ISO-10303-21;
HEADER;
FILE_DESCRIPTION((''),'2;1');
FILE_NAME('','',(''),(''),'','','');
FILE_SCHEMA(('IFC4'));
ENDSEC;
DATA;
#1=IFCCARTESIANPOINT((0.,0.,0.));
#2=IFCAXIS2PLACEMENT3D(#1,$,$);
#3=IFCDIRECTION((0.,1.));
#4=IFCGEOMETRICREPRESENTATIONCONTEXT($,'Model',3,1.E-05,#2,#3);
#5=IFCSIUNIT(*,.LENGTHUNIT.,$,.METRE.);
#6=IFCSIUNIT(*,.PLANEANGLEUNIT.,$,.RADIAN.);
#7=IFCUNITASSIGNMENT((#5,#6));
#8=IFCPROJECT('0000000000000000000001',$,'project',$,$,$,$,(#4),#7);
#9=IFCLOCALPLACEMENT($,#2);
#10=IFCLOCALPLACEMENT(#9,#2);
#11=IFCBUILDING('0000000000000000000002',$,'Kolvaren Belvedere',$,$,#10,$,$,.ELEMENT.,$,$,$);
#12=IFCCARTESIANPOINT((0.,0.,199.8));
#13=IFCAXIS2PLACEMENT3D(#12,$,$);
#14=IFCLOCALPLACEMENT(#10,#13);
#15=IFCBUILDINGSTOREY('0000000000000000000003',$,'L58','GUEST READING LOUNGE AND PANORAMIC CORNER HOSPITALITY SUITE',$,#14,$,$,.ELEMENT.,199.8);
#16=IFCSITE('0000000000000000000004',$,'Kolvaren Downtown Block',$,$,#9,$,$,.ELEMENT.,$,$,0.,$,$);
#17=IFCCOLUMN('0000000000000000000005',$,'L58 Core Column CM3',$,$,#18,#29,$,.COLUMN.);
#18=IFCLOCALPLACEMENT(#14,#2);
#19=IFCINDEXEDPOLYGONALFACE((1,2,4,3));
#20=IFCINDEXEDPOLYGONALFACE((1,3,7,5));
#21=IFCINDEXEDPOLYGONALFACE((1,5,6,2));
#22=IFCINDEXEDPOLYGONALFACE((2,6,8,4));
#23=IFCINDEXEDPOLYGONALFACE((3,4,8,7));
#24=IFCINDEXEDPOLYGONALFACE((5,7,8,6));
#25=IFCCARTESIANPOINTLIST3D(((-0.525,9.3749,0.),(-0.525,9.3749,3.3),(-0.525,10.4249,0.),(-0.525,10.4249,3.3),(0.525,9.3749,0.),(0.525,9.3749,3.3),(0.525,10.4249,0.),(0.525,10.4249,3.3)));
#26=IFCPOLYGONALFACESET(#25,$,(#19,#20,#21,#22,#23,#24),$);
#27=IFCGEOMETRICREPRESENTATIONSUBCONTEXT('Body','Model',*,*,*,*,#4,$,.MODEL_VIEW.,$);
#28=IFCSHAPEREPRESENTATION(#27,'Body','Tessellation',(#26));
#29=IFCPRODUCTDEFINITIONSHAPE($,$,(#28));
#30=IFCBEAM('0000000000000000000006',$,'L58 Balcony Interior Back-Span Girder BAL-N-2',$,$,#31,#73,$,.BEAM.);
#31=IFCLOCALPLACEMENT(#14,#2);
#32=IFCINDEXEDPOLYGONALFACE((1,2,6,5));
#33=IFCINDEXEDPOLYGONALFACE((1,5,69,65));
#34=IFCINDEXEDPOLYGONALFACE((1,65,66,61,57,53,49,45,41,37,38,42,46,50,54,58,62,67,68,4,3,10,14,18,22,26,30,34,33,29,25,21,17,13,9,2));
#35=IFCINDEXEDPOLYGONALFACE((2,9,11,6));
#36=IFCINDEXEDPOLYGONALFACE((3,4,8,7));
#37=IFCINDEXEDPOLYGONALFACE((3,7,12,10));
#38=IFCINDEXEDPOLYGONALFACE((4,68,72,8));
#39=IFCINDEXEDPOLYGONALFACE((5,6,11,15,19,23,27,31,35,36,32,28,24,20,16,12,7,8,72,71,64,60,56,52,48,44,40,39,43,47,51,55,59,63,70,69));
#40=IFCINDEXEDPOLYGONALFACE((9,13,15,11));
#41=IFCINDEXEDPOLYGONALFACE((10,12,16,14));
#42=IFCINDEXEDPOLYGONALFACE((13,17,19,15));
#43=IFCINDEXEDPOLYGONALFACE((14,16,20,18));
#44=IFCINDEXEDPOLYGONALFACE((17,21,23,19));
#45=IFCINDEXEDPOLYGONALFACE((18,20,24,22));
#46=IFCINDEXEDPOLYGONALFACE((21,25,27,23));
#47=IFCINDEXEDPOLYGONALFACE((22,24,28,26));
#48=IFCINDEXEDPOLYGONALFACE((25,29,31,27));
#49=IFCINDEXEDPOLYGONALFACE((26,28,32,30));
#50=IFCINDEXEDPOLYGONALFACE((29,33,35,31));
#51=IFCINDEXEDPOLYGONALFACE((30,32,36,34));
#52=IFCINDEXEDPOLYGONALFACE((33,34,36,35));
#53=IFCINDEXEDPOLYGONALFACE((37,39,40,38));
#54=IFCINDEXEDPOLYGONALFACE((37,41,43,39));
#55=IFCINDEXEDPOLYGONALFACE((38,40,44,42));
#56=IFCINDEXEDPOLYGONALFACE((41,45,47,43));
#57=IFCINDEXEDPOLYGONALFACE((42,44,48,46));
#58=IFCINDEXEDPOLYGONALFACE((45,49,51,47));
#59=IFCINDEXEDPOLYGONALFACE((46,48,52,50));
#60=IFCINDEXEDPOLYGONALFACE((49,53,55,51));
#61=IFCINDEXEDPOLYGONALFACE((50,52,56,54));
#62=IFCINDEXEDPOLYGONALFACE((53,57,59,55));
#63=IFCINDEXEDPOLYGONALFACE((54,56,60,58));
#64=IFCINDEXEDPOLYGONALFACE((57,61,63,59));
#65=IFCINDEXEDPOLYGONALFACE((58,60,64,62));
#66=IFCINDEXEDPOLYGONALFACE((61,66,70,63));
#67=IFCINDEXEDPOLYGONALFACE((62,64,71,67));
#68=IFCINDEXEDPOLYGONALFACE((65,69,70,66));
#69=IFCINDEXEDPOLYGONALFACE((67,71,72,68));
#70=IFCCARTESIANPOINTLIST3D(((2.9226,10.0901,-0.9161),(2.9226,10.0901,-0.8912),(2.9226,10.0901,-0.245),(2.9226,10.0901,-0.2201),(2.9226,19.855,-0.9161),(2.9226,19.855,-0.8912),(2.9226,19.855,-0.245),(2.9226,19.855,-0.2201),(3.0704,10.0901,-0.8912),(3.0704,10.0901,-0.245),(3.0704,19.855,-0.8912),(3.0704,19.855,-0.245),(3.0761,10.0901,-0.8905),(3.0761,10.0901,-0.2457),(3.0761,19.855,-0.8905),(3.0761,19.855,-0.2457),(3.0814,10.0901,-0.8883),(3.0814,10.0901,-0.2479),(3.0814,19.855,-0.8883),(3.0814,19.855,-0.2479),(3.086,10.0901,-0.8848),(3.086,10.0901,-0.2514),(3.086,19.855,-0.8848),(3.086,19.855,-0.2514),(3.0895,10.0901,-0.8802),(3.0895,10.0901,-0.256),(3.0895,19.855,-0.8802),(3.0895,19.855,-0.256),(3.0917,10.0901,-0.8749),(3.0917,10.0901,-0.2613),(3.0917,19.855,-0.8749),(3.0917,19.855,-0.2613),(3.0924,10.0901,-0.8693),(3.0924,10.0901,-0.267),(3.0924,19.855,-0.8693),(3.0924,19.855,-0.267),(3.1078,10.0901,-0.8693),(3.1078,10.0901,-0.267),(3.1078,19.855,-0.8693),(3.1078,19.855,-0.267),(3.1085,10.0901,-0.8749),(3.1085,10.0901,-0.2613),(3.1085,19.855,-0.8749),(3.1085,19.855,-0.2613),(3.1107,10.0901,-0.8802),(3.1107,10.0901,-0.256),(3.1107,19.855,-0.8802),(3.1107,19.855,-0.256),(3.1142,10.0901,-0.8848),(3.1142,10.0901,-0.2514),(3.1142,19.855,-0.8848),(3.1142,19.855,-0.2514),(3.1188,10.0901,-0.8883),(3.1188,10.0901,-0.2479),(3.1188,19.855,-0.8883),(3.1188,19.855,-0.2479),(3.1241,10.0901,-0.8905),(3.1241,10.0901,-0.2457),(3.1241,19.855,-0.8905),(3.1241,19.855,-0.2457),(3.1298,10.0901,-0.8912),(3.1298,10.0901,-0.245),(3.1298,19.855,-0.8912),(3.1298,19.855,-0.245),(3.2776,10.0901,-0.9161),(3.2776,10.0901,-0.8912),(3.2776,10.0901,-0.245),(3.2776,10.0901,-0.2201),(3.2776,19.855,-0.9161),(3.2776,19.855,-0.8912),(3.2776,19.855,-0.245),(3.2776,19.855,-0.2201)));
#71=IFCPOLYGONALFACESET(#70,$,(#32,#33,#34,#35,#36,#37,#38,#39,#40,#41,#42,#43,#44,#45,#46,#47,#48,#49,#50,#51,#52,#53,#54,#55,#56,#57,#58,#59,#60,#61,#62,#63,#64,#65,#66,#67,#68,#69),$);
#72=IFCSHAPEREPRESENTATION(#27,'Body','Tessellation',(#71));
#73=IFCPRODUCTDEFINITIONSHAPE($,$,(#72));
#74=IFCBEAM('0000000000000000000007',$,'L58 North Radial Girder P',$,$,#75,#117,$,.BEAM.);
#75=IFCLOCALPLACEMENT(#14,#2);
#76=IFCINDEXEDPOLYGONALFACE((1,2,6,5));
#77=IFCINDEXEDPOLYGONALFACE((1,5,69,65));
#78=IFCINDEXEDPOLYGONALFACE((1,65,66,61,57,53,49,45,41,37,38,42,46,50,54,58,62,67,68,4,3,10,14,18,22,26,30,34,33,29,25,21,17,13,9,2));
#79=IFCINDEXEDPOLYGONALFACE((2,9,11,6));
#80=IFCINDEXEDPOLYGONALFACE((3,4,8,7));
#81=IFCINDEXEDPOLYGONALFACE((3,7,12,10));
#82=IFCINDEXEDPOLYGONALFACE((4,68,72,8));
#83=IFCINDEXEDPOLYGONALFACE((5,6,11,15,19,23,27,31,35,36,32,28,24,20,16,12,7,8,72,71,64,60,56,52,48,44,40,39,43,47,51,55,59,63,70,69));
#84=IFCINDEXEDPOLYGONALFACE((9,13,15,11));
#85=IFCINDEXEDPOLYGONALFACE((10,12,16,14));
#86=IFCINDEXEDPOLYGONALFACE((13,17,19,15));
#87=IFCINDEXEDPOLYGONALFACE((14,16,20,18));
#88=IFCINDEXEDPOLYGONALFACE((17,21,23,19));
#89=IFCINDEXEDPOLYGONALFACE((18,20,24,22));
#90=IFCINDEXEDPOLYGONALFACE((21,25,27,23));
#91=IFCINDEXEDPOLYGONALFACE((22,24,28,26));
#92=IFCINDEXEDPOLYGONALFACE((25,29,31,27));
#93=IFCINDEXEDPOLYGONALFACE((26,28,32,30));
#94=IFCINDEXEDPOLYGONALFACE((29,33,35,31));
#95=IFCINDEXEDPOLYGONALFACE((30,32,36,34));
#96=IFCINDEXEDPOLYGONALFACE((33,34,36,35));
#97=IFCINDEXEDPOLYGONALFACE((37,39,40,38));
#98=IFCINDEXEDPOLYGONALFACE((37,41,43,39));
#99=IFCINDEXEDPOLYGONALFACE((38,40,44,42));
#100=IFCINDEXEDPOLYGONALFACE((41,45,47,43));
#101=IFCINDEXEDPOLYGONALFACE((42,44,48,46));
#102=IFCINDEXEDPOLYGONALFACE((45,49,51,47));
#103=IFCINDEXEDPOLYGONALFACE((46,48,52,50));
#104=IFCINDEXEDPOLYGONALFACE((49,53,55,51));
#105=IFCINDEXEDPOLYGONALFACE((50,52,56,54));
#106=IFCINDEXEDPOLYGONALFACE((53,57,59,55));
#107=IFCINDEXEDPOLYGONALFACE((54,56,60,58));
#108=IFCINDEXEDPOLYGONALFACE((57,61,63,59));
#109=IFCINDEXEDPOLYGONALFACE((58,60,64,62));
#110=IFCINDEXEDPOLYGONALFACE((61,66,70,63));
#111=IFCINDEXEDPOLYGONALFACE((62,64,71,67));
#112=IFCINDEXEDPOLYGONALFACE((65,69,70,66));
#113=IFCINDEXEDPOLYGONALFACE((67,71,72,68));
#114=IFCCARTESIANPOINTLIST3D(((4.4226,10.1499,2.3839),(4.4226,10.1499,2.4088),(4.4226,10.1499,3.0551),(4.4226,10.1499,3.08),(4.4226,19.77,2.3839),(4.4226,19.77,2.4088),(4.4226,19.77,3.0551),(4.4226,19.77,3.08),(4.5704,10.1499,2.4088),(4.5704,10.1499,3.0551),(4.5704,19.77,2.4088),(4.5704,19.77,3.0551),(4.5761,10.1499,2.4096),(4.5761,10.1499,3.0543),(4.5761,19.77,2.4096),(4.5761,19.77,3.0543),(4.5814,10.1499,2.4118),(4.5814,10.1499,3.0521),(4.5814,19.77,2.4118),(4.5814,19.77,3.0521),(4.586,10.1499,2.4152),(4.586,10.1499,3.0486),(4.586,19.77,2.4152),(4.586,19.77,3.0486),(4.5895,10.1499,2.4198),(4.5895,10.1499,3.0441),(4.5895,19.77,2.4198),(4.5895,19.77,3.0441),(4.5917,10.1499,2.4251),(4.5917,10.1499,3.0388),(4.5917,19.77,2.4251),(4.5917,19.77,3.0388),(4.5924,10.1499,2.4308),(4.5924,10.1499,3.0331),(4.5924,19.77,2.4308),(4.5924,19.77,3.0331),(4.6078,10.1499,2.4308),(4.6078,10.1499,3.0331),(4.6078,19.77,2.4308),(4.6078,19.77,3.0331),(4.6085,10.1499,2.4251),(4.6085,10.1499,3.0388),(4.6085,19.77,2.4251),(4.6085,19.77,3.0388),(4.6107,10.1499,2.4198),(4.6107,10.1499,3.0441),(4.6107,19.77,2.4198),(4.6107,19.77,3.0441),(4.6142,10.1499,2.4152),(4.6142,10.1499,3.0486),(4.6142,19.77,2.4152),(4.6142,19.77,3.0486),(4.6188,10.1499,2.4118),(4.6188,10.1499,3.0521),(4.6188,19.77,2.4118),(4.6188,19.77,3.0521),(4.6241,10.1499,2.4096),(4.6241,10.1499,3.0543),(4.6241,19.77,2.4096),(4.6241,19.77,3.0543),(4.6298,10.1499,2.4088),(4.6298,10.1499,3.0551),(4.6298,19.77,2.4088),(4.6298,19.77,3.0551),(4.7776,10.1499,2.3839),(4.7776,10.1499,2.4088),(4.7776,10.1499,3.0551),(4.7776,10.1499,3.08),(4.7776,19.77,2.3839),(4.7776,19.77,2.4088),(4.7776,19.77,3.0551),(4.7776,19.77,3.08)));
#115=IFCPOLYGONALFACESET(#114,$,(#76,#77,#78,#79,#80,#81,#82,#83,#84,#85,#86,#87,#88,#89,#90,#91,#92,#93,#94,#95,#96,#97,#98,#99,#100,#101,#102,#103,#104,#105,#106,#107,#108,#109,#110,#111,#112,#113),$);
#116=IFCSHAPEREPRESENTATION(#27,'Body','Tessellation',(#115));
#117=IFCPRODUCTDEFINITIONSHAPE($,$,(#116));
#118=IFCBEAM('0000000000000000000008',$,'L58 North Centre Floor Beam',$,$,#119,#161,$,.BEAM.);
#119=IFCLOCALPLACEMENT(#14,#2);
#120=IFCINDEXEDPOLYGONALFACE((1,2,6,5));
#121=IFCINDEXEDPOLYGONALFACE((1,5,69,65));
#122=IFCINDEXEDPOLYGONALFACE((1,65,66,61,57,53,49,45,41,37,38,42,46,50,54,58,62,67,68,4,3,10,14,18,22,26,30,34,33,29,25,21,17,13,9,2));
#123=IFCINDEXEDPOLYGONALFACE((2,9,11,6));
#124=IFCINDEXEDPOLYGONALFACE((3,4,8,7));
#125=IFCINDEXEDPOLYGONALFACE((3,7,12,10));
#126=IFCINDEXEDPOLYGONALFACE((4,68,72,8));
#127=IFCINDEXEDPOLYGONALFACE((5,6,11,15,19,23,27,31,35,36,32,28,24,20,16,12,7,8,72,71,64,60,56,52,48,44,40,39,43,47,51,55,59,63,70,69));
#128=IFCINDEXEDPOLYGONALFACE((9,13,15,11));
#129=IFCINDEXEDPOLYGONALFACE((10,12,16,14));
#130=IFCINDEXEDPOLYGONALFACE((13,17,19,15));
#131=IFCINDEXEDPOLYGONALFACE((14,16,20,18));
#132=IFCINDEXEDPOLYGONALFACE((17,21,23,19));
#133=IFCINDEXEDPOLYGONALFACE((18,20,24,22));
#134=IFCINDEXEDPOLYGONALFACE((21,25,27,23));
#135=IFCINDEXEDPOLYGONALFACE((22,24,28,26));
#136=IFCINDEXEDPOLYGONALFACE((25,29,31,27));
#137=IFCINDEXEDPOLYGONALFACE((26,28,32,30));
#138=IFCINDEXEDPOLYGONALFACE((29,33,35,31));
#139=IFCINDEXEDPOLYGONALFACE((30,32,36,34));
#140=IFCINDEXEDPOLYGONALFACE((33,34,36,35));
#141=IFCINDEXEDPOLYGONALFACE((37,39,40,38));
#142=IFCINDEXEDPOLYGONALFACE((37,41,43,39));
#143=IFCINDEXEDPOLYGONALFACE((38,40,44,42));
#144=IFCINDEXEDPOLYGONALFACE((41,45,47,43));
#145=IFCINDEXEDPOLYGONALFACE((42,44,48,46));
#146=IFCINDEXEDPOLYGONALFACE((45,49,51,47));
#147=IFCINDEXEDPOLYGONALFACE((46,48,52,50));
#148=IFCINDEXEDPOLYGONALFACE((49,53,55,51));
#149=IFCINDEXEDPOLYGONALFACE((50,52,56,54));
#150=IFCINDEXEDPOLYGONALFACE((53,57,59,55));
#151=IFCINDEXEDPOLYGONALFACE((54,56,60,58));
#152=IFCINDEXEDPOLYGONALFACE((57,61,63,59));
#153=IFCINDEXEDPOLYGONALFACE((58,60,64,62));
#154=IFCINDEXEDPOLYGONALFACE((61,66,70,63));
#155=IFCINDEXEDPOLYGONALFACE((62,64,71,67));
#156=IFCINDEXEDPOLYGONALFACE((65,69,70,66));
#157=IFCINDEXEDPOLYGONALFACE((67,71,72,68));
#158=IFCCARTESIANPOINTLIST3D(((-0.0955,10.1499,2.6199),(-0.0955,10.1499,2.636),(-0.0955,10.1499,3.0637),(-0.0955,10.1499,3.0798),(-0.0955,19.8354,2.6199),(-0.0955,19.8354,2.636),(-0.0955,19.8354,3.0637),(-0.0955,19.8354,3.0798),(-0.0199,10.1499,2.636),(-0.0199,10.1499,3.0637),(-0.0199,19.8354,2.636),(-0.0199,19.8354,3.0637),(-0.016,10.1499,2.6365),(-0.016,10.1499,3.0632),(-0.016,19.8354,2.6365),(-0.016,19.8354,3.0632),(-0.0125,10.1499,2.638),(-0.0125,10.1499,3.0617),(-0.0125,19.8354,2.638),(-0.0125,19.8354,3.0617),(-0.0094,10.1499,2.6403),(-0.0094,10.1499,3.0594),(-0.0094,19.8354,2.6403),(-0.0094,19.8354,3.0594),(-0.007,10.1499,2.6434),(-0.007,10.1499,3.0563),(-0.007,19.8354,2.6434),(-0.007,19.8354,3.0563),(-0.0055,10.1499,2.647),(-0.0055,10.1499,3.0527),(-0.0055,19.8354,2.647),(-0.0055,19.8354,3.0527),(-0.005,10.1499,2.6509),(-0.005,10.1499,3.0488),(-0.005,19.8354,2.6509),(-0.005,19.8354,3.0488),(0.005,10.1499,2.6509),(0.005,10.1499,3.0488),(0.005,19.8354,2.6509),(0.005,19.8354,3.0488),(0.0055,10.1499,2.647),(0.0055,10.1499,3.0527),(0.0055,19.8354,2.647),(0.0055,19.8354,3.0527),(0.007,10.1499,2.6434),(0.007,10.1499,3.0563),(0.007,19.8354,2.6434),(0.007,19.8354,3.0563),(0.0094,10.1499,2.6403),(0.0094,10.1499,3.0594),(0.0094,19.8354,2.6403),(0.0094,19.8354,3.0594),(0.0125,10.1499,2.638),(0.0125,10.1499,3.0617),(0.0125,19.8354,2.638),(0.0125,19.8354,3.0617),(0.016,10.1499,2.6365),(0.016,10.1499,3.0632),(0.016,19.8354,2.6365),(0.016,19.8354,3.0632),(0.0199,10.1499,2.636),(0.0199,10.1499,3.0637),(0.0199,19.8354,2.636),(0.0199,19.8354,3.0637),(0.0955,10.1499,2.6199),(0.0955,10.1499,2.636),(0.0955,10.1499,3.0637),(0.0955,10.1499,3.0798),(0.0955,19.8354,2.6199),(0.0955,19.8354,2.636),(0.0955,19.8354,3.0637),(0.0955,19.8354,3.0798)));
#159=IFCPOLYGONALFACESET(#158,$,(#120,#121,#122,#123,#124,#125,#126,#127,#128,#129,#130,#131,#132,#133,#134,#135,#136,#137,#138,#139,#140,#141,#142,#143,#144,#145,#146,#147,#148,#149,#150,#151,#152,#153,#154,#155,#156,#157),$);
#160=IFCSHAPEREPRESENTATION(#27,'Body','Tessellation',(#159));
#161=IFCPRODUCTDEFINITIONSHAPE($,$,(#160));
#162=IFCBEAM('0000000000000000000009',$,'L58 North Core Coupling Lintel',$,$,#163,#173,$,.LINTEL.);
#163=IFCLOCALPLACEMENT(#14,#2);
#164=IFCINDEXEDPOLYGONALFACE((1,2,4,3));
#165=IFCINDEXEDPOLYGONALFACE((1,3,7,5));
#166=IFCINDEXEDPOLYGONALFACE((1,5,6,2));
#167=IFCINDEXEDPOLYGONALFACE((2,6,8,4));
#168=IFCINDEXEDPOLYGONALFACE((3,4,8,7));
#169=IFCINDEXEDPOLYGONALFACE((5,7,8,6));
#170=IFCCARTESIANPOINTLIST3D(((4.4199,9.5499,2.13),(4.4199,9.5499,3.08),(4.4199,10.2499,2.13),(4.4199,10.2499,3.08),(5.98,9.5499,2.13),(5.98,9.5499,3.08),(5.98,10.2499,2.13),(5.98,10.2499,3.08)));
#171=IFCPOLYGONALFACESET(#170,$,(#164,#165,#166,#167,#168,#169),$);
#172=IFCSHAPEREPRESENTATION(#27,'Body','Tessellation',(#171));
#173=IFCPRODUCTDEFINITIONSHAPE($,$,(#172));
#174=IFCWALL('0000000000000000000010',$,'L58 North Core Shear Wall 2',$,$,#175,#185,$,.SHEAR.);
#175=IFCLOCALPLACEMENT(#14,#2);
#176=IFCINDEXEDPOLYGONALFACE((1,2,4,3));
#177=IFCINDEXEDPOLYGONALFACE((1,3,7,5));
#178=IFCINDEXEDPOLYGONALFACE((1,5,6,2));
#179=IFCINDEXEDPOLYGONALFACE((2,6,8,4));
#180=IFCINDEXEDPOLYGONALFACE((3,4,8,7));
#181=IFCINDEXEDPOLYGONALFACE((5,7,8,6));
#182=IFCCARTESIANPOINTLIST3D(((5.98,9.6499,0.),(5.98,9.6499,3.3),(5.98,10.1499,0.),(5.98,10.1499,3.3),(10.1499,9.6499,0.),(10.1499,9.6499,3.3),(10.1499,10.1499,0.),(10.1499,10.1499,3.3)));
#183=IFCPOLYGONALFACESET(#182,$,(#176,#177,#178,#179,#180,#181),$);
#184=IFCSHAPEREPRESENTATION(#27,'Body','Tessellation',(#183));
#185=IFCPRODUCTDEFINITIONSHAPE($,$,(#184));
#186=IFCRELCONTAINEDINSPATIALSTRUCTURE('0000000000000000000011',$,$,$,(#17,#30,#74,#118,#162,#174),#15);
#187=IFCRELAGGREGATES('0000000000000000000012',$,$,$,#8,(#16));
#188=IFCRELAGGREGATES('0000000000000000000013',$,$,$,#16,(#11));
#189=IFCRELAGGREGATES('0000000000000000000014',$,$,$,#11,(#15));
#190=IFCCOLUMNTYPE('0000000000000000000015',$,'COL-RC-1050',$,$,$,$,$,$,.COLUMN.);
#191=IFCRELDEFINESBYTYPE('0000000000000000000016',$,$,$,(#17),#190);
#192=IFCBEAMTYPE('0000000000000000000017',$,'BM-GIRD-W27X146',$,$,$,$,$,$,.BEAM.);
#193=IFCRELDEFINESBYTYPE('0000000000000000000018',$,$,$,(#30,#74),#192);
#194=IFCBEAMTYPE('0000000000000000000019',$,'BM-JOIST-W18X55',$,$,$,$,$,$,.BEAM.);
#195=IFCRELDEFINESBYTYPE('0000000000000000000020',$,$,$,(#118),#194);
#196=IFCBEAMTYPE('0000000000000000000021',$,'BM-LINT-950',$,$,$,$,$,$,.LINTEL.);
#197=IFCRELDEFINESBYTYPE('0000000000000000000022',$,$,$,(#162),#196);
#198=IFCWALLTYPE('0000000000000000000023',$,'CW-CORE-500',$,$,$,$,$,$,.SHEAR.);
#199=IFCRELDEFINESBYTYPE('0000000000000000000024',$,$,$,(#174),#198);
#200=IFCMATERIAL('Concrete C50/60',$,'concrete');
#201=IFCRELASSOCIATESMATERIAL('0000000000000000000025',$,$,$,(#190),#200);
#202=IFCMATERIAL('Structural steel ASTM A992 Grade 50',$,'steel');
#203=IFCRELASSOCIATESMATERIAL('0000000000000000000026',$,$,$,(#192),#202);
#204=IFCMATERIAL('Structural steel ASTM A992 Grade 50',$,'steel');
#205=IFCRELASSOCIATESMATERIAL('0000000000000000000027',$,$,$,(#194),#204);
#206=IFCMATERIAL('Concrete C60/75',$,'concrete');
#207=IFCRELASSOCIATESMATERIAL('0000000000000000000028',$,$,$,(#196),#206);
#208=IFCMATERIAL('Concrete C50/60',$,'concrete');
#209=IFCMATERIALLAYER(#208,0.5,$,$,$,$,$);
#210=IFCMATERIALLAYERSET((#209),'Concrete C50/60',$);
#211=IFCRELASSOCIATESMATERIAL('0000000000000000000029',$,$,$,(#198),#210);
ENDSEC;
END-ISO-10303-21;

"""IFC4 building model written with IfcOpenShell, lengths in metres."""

from ifc_helpers import new_model, si_unit, direction, frame, frame_2d, origin, origin_2d, place, context, subcontext, project, spatial, rectangle, i_section, extrude, material, layer, layer_set, material_profile, profile_set, type_object, element, save


model = new_model("IFC4")

# Units and contexts
model_context = context("Model", 3, precision=1e-05, world=origin(), true_north=direction((0.0, 1.0)))
body_context = subcontext(model_context, "Body", "Model", "MODEL_VIEW")
ifc_project = project(units=[si_unit("LENGTHUNIT", "METRE"), si_unit("PLANEANGLEUNIT", "RADIAN")], contexts=[model_context])

# Site, building, storey
site_placement = place(None, origin())
site = spatial("IfcSite", under=ifc_project, at=site_placement, Name="Kolvaren Downtown Block", CompositionType="ELEMENT", RefElevation=0.0)
building_placement = place(site_placement, origin())
building = spatial("IfcBuilding", under=site, at=building_placement, Name="Kolvaren Belvedere", CompositionType="ELEMENT")
storey_placement = place(building_placement, frame((0.0, 0.0, 199.8)))
storey = spatial("IfcBuildingStorey", under=building, at=storey_placement, Name="L58", Description="GUEST READING LOUNGE AND PANORAMIC CORNER HOSPITALITY SUITE", CompositionType="ELEMENT", Elevation=199.8)

# Column
ifc_material_1 = material(Name="Concrete C50/60", Category="concrete")
ifc_material_profile_1 = material_profile(ifc_material_1, rectangle(XDim=1.05, YDim=1.05, at=origin_2d()), Name="RC 1050X1050")
ifc_profile_set_1 = profile_set([ifc_material_profile_1], Name="Concrete C50/60")
column_type = type_object("IfcColumnType", Name="COL-RC-1050", PredefinedType="COLUMN", material=ifc_profile_set_1)
column_placement = place(storey_placement, frame((0.0, 9.8999, 0.0), z_axis=(0.0, 0.0, 1.0), x_axis=(1.0, 0.0, 0.0)))
element("IfcColumn", 1, at=column_placement, inside=storey, type_object=column_type, Name="L58 Core Column CM3", PredefinedType="COLUMN", context=body_context, shape_type="SweptSolid", body=[
    extrude(rectangle(XDim=1.05, YDim=1.05, at=origin_2d()), origin(), (0.0, 0.0, 1.0), 3.3),
])

# Beams
ifc_material_2 = material(Name="Structural steel ASTM A992 Grade 50", Category="steel")
ifc_material_profile_2 = material_profile(ifc_material_2, i_section(OverallWidth=0.355, OverallDepth=0.696, WebThickness=0.0154, FlangeThickness=0.0249, FilletRadius=0.022, at=origin_2d()), Name="W27X146")
ifc_profile_set_2 = profile_set([ifc_material_profile_2], Name="Structural steel ASTM A992 Grade 50")
beam_type_1 = type_object("IfcBeamType", Name="BM-GIRD-W27X146", PredefinedType="BEAM", material=ifc_profile_set_2)
beam_1_placement = place(storey_placement, frame((3.1001, 10.0901, -0.5681), z_axis=(0.0, 1.0, 0.0), x_axis=(-1.0, 0.0, 0.0)))
element("IfcBeam", 2, at=beam_1_placement, inside=storey, type_object=beam_type_1, Name="L58 Balcony Interior Back-Span Girder BAL-N-2", PredefinedType="BEAM", context=body_context, shape_type="SweptSolid", body=[
    extrude(i_section(OverallWidth=0.355, OverallDepth=0.696, WebThickness=0.0154, FlangeThickness=0.0249, FilletRadius=0.022, at=origin_2d()), origin(), (0.0, 0.0, 1.0), 9.7649),
])
beam_2_placement = place(storey_placement, frame((4.6001, 10.1499, 2.7319), z_axis=(0.0, 1.0, 0.0), x_axis=(-1.0, 0.0, 0.0)))
element("IfcBeam", 3, at=beam_2_placement, inside=storey, type_object=beam_type_1, Name="L58 North Radial Girder P", PredefinedType="BEAM", context=body_context, shape_type="SweptSolid", body=[
    extrude(i_section(OverallWidth=0.355, OverallDepth=0.696, WebThickness=0.0154, FlangeThickness=0.0249, FilletRadius=0.022, at=origin_2d()), origin(), (0.0, 0.0, 1.0), 9.6201),
])
ifc_material_3 = material(Name="Structural steel ASTM A992 Grade 50", Category="steel")
ifc_material_profile_3 = material_profile(ifc_material_3, i_section(OverallWidth=0.1909, OverallDepth=0.46, WebThickness=0.01, FlangeThickness=0.0161, FilletRadius=0.0149, at=origin_2d()), Name="W18X55")
ifc_profile_set_3 = profile_set([ifc_material_profile_3], Name="Structural steel ASTM A992 Grade 50")
beam_type_2 = type_object("IfcBeamType", Name="BM-JOIST-W18X55", PredefinedType="BEAM", material=ifc_profile_set_3)
beam_3_placement = place(storey_placement, frame((0.0, 10.1499, 2.8499), z_axis=(0.0, 1.0, 0.0), x_axis=(-1.0, 0.0, 0.0)))
element("IfcBeam", 4, at=beam_3_placement, inside=storey, type_object=beam_type_2, Name="L58 North Centre Floor Beam", PredefinedType="BEAM", context=body_context, shape_type="SweptSolid", body=[
    extrude(i_section(OverallWidth=0.1909, OverallDepth=0.46, WebThickness=0.01, FlangeThickness=0.0161, FilletRadius=0.0149, at=origin_2d()), origin(), (0.0, 0.0, 1.0), 9.6855),
])
ifc_material_4 = material(Name="Concrete C60/75", Category="concrete")
ifc_material_profile_4 = material_profile(ifc_material_4, rectangle(XDim=0.7, YDim=0.95, at=origin_2d()), Name="RC 700X950")
ifc_profile_set_4 = profile_set([ifc_material_profile_4], Name="Concrete C60/75")
beam_type_3 = type_object("IfcBeamType", Name="BM-LINT-950", PredefinedType="LINTEL", material=ifc_profile_set_4)
beam_4_placement = place(storey_placement, frame((4.4199, 9.8999, 2.605), z_axis=(1.0, 0.0, 0.0), x_axis=(0.0, 1.0, 0.0)))
element("IfcBeam", 5, at=beam_4_placement, inside=storey, type_object=beam_type_3, Name="L58 North Core Coupling Lintel", PredefinedType="LINTEL", context=body_context, shape_type="SweptSolid", body=[
    extrude(rectangle(XDim=0.7, YDim=0.95, at=origin_2d()), origin(), (0.0, 0.0, 1.0), 1.5601),
])

# Wall
ifc_material_5 = material(Name="Concrete C50/60", Category="concrete")
ifc_layer_1 = layer(ifc_material_5, 0.5)
ifc_layer_set_1 = layer_set([ifc_layer_1], Name="Concrete C50/60")
wall_type_1 = type_object("IfcWallType", Name="CW-CORE-500", PredefinedType="SHEAR", material=ifc_layer_set_1)
wall_1_placement = place(storey_placement, frame((5.98, 9.8999, 0.0), z_axis=(0.0, 0.0, 1.0), x_axis=(1.0, 0.0, 0.0)))
element("IfcWall", 6, at=wall_1_placement, inside=storey, type_object=wall_type_1, Name="L58 North Core Shear Wall 2", PredefinedType="SHEAR", context=body_context, shape_type="SweptSolid", body=[
    extrude(rectangle(XDim=4.1699, YDim=0.5, at=frame_2d((2.085, 0.0))), origin(), (0.0, 0.0, 1.0), 3.3),
])

save(model, "model.ifc")
